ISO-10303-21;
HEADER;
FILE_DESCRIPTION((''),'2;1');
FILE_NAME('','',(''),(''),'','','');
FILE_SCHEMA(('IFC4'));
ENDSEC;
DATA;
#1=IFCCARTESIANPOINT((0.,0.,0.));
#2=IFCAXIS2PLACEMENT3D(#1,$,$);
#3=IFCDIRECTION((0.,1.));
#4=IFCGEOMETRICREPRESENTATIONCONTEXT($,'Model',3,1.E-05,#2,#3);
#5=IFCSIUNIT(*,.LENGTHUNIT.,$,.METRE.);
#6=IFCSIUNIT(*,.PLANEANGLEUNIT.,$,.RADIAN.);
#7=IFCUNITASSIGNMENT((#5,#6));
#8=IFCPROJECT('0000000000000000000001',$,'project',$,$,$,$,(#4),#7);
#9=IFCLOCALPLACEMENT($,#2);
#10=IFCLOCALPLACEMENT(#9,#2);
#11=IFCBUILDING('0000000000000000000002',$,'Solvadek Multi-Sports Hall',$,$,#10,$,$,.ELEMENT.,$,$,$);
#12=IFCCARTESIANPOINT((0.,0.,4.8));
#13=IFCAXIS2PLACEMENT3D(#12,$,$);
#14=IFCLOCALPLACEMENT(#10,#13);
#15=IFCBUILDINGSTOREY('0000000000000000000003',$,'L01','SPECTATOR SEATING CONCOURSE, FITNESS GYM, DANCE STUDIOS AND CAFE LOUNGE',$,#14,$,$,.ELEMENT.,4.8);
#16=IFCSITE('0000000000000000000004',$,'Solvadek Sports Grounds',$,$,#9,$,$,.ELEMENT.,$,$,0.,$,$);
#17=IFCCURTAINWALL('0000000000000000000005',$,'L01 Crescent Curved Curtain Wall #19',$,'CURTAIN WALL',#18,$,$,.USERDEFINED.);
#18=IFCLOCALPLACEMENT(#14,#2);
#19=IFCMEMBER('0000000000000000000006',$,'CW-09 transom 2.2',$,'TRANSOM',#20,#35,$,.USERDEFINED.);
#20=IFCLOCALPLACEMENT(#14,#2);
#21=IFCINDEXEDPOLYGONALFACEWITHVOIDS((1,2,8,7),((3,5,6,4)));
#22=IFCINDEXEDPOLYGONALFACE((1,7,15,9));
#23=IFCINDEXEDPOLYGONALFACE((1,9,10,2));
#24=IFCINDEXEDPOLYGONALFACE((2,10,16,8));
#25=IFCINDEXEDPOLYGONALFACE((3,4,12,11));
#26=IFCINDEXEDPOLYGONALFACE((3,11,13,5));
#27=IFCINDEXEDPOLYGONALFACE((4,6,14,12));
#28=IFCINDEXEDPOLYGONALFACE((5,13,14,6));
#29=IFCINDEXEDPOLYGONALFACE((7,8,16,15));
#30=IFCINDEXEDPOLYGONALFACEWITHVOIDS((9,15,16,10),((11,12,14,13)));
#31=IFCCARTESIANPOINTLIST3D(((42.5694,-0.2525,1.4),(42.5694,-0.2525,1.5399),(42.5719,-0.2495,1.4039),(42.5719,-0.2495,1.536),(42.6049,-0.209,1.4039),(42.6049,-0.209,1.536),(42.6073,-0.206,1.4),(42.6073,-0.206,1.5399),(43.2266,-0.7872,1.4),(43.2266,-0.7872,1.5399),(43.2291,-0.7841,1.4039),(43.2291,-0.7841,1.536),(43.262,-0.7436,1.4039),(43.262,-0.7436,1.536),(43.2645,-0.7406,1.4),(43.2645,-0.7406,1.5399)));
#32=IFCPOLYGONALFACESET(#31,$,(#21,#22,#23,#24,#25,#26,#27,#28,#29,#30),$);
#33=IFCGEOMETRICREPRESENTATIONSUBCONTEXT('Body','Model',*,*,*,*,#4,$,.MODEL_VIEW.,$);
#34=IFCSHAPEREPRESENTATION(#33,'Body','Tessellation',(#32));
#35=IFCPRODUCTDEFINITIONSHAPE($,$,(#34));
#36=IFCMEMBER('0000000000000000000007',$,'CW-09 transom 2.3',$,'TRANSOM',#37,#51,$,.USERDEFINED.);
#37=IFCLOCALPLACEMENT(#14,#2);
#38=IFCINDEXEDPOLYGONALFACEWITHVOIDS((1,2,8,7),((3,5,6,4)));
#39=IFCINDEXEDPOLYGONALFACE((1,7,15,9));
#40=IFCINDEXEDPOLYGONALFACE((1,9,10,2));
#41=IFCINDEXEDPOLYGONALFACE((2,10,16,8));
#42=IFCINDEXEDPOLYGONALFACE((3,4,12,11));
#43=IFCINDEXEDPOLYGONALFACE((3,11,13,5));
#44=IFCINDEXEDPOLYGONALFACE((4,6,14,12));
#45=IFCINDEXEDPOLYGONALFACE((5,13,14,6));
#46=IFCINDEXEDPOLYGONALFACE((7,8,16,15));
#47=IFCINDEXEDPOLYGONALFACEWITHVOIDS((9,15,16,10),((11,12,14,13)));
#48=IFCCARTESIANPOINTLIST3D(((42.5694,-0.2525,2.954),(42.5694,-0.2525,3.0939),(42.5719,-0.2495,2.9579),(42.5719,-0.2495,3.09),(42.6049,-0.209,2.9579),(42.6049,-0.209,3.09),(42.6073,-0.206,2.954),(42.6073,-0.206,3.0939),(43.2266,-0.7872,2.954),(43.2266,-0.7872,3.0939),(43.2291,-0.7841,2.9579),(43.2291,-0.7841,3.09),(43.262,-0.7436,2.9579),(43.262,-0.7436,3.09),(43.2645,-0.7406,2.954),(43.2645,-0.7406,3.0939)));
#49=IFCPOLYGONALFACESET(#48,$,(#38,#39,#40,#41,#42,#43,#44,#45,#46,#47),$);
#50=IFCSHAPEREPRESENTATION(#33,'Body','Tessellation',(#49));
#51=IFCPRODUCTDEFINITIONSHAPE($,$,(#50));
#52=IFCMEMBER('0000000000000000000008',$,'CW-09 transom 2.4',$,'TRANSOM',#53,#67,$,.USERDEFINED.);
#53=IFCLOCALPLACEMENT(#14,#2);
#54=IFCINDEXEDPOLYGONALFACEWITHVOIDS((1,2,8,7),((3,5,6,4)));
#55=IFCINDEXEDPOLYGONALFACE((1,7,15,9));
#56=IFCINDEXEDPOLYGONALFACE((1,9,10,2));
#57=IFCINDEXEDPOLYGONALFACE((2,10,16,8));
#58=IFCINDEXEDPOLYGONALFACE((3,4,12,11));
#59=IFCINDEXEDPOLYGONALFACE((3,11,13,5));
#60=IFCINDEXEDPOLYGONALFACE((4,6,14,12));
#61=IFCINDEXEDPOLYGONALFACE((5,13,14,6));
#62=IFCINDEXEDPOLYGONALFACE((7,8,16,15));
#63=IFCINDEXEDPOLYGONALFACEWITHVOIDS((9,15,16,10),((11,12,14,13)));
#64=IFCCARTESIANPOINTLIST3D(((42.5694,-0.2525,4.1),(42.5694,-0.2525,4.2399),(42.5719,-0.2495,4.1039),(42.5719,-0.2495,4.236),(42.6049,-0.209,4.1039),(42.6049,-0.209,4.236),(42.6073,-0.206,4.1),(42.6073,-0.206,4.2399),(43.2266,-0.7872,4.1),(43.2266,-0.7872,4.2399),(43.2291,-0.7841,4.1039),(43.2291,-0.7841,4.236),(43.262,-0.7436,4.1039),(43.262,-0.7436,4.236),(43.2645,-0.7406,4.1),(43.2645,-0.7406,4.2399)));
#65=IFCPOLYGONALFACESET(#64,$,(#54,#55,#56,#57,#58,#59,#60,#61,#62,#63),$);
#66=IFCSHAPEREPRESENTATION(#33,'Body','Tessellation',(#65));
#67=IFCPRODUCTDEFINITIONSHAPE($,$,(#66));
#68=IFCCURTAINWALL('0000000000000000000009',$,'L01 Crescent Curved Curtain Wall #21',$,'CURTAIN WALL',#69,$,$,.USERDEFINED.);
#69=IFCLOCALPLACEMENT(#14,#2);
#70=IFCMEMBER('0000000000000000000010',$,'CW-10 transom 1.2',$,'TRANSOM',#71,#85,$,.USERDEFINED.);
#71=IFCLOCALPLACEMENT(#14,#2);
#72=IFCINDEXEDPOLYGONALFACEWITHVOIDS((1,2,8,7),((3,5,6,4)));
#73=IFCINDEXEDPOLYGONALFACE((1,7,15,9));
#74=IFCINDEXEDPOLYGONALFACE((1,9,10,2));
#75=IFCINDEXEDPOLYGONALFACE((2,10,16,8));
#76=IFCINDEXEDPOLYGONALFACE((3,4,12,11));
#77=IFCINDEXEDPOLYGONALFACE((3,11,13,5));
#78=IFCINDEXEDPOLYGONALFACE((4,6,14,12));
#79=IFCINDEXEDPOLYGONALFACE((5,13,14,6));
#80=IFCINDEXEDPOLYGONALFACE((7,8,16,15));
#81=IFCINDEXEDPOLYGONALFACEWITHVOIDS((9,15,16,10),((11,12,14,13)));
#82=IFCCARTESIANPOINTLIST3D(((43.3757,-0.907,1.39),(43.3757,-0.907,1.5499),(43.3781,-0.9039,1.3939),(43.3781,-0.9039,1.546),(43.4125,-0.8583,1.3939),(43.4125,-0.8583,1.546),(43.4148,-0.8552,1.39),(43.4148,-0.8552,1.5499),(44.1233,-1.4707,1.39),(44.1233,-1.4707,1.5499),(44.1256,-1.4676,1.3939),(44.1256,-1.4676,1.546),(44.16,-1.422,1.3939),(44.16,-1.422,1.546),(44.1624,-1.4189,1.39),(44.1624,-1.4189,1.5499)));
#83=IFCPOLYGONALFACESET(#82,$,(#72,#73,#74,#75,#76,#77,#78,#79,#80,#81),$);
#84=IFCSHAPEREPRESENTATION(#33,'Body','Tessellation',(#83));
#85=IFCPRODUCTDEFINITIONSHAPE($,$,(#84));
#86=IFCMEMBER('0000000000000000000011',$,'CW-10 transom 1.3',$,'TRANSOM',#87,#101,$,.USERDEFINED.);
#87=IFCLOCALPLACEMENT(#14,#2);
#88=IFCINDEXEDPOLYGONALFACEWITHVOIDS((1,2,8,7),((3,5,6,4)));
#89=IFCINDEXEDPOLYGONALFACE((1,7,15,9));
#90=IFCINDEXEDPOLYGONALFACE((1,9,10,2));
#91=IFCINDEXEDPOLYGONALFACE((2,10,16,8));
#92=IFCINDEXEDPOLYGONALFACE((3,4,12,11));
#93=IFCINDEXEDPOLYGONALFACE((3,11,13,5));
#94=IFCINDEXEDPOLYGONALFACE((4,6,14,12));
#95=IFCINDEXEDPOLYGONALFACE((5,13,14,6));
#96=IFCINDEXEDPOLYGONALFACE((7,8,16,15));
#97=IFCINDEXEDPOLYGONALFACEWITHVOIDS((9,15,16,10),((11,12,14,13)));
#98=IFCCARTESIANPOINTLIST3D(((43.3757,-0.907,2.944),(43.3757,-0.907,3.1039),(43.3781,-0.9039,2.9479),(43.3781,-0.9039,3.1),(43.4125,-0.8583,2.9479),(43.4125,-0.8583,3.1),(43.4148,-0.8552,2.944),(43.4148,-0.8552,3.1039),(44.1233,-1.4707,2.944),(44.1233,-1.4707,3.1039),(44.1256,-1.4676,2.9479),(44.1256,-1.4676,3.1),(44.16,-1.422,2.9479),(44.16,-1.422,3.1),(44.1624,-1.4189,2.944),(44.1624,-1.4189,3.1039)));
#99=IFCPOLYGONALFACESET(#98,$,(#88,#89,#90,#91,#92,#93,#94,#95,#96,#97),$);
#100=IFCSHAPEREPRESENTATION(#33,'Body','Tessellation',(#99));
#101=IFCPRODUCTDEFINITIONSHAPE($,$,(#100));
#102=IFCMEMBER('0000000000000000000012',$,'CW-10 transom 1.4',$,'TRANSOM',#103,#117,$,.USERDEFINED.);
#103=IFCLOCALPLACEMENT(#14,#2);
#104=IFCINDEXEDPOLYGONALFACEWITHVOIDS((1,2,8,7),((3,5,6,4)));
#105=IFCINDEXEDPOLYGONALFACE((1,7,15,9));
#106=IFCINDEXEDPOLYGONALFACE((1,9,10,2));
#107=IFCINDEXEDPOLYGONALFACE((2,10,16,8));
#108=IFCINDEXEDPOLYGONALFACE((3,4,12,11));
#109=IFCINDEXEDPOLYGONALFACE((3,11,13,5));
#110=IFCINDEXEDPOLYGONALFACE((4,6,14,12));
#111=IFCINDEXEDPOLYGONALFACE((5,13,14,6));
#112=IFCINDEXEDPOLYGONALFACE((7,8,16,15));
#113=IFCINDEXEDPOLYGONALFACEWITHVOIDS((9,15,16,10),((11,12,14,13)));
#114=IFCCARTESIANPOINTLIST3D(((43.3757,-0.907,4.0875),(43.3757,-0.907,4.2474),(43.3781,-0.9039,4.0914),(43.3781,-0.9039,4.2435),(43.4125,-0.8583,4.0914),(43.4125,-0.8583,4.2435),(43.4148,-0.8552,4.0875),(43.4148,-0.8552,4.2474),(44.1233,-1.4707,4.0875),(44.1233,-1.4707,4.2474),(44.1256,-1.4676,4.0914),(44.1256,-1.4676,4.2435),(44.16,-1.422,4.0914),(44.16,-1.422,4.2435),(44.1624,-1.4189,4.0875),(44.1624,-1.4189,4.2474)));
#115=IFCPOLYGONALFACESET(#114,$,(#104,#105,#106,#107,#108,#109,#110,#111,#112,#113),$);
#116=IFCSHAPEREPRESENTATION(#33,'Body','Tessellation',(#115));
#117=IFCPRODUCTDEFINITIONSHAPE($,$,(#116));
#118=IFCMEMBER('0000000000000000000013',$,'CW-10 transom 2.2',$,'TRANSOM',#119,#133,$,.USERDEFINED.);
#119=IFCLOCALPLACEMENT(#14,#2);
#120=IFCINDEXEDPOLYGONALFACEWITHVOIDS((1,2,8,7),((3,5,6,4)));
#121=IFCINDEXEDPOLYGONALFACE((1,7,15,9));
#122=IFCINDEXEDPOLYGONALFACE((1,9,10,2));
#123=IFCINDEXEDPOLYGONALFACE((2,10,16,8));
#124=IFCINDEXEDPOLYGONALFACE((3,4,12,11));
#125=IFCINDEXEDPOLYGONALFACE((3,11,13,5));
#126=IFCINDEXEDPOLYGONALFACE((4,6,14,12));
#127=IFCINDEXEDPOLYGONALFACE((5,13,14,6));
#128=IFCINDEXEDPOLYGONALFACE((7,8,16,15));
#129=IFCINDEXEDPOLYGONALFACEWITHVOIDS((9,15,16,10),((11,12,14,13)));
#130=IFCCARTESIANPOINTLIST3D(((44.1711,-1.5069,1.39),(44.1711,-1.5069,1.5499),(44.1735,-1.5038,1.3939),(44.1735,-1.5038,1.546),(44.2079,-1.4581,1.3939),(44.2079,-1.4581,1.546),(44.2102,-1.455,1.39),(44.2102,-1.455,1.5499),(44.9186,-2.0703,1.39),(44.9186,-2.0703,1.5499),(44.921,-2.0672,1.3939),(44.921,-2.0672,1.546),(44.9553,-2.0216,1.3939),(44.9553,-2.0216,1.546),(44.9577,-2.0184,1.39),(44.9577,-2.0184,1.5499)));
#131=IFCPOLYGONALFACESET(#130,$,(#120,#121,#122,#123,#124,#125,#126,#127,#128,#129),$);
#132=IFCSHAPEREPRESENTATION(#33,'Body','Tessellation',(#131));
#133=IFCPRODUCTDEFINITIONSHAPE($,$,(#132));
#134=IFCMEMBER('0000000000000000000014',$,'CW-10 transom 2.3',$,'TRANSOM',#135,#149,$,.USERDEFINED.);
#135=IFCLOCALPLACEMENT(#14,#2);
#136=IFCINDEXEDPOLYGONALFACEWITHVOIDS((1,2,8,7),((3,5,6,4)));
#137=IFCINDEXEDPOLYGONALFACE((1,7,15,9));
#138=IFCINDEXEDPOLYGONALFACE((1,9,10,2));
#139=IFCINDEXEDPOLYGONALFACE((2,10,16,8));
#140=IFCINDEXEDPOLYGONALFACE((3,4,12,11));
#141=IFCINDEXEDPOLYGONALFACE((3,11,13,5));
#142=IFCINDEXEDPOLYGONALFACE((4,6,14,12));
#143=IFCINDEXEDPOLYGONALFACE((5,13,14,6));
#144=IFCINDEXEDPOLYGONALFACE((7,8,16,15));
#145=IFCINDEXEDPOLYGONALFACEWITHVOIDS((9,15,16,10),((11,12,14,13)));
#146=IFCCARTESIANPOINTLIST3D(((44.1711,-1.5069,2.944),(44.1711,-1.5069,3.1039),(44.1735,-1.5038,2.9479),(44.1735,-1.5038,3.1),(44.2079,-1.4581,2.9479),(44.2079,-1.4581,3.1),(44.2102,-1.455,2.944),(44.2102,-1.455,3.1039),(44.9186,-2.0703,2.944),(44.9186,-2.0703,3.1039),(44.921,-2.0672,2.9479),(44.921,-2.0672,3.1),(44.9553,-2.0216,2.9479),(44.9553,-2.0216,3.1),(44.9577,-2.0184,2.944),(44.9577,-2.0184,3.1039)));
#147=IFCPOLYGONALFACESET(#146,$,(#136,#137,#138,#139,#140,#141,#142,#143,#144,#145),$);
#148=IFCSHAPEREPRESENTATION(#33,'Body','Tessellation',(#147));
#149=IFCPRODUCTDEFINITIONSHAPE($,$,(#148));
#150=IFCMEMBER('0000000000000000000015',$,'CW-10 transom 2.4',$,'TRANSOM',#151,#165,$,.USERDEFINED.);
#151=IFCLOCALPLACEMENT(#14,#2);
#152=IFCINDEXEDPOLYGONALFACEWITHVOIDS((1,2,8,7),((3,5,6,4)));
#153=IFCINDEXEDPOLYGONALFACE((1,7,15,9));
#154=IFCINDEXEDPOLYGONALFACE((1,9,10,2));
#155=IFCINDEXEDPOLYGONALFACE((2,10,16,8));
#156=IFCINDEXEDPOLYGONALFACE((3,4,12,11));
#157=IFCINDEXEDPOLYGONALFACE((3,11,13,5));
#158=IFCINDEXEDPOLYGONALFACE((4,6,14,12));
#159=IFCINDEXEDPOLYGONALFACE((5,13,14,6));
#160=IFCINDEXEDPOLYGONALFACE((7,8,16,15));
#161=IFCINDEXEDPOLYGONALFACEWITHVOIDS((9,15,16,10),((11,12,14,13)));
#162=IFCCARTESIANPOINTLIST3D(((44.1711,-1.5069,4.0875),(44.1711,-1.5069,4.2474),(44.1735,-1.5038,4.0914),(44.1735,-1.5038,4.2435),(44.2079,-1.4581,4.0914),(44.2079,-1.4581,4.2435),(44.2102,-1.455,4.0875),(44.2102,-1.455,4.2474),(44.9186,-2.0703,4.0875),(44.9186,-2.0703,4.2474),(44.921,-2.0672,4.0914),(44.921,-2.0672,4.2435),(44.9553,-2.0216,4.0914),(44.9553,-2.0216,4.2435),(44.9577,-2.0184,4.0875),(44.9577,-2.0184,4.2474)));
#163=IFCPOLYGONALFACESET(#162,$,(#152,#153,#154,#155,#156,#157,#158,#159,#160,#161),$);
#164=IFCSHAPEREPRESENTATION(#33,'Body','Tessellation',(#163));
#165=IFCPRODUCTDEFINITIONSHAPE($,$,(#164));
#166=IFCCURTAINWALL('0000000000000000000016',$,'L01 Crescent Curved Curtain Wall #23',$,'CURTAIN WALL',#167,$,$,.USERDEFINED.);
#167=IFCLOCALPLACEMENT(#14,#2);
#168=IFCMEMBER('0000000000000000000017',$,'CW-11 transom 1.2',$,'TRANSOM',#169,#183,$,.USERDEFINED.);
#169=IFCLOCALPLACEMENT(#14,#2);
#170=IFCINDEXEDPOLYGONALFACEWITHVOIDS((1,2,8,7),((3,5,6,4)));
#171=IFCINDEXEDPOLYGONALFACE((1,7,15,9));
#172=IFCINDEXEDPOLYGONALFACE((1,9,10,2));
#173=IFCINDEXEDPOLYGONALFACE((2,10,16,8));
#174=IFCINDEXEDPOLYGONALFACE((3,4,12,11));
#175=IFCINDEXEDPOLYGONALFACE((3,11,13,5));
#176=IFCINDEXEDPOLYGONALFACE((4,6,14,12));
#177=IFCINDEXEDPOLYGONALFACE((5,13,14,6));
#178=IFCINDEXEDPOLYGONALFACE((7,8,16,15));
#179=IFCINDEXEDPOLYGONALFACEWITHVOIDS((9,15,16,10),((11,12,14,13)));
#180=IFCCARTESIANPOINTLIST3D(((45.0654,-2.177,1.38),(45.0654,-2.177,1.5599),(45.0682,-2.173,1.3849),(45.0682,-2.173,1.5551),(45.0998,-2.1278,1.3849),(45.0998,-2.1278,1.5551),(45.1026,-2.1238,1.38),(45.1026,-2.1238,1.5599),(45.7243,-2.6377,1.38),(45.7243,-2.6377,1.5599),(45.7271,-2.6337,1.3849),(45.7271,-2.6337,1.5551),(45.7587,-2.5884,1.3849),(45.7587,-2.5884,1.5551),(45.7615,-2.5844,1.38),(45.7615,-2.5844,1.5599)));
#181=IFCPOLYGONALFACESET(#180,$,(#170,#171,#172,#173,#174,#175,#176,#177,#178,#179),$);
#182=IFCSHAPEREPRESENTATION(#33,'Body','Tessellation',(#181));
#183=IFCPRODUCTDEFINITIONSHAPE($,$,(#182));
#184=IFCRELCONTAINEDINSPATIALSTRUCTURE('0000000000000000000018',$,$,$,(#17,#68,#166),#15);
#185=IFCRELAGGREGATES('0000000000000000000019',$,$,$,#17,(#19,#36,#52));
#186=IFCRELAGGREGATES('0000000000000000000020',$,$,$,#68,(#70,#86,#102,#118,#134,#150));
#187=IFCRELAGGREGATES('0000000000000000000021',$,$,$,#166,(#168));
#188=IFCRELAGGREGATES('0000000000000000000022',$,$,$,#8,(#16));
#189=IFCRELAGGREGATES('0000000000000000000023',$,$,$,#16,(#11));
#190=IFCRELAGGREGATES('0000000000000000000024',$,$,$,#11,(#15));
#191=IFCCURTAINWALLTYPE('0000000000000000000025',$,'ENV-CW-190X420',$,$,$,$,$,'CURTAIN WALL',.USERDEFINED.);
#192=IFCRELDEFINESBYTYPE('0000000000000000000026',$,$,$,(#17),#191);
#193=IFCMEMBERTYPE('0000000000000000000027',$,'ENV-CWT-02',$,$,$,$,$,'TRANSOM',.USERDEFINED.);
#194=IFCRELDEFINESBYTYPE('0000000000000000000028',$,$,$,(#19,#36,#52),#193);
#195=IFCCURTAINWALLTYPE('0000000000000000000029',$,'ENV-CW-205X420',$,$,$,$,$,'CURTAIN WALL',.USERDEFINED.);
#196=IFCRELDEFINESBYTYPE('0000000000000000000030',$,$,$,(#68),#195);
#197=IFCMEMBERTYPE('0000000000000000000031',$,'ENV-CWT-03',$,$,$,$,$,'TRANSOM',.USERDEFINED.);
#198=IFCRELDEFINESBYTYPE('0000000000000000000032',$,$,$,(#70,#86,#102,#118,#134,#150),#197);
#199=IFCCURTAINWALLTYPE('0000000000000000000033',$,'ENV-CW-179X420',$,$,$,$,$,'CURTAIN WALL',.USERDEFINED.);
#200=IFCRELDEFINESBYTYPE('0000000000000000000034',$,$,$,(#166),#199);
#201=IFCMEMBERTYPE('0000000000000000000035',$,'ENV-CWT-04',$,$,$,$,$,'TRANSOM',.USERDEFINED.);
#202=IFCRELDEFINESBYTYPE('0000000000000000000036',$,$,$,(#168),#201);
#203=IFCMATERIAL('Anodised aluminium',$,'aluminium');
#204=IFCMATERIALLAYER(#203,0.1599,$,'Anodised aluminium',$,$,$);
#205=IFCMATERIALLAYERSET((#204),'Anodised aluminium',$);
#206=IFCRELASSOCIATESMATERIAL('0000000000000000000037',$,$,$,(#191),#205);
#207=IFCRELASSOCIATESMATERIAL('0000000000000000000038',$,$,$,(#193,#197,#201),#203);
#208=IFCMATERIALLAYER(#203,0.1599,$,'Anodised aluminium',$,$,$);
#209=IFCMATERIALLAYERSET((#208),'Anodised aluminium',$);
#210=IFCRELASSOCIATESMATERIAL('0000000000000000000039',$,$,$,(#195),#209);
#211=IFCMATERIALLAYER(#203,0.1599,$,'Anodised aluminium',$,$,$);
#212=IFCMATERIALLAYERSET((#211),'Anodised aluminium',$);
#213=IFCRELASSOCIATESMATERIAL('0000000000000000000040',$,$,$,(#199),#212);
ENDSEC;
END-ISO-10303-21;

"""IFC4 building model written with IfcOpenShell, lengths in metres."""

from ifc_helpers import new_model, si_unit, direction, frame, origin, origin_2d, place, context, subcontext, project, spatial, hollow_rectangle, extrude, material, layer, layer_set, material_profile, profile_set, type_object, element, aggregate, save


model = new_model("IFC4")

# Units and contexts
model_context = context("Model", 3, precision=1e-05, world=origin(), true_north=direction((0.0, 1.0)))
body_context = subcontext(model_context, "Body", "Model", "MODEL_VIEW")
ifc_project = project(units=[si_unit("LENGTHUNIT", "METRE"), si_unit("PLANEANGLEUNIT", "RADIAN")], contexts=[model_context])

# Site, building, storey
site_placement = place(None, origin())
site = spatial("IfcSite", under=ifc_project, at=site_placement, Name="Solvadek Sports Grounds", CompositionType="ELEMENT", RefElevation=0.0)
building_placement = place(site_placement, origin())
building = spatial("IfcBuilding", under=site, at=building_placement, Name="Solvadek Multi-Sports Hall", CompositionType="ELEMENT")
storey_placement = place(building_placement, frame((0.0, 0.0, 4.8)))
storey = spatial("IfcBuildingStorey", under=building, at=storey_placement, Name="L01", Description="SPECTATOR SEATING CONCOURSE, FITNESS GYM, DANCE STUDIOS AND CAFE LOUNGE", CompositionType="ELEMENT", Elevation=4.8)

# Curtain walls, members
ifc_material_1 = material(Name="Anodised aluminium", Category="aluminium")
ifc_layer_1 = layer(ifc_material_1, 0.1599, Name="Anodised aluminium")
ifc_layer_set_1 = layer_set([ifc_layer_1], Name="Anodised aluminium")
curtain_wall_type_1 = type_object("IfcCurtainWallType", Name="ENV-CW-190X420", ElementType="CURTAIN WALL", PredefinedType="USERDEFINED", material=ifc_layer_set_1)
curtain_wall_1_placement = place(storey_placement, origin())
curtain_wall_1 = element("IfcCurtainWall", 1, at=curtain_wall_1_placement, inside=storey, type_object=curtain_wall_type_1, Name="L01 Crescent Curved Curtain Wall #19", ObjectType="CURTAIN WALL", PredefinedType="USERDEFINED")
ifc_material_profile_1 = material_profile(ifc_material_1, hollow_rectangle(XDim=0.0601, YDim=0.1399, WallThickness=0.0039, at=origin_2d()), Name="ALU-T 140x60x4")
ifc_profile_set_1 = profile_set([ifc_material_profile_1], Name="Anodised aluminium")
member_type_1 = type_object("IfcMemberType", Name="ENV-CWT-02", ElementType="TRANSOM", PredefinedType="USERDEFINED", material=ifc_profile_set_1)
member_1_placement = place(storey_placement, frame((42.5884, -0.2292, 1.47), z_axis=(0.775726, -0.63107, 0.0), x_axis=(0.63107, 0.775726, 0.0)))
member_1 = element("IfcMember", 2, at=member_1_placement, type_object=member_type_1, Name="CW-09 transom 2.2", ObjectType="TRANSOM", PredefinedType="USERDEFINED", context=body_context, shape_type="SweptSolid", body=[
    extrude(hollow_rectangle(XDim=0.0601, YDim=0.1399, WallThickness=0.0039, at=origin_2d()), origin(), (0.0, 0.0, 1.0), 0.8472),
])
member_2_placement = place(storey_placement, frame((42.5884, -0.2292, 3.0239), z_axis=(0.775726, -0.63107, 0.0), x_axis=(0.63107, 0.775726, 0.0)))
member_2 = element("IfcMember", 3, at=member_2_placement, type_object=member_type_1, Name="CW-09 transom 2.3", ObjectType="TRANSOM", PredefinedType="USERDEFINED", context=body_context, shape_type="SweptSolid", body=[
    extrude(hollow_rectangle(XDim=0.0601, YDim=0.1399, WallThickness=0.0039, at=origin_2d()), origin(), (0.0, 0.0, 1.0), 0.8472),
])
member_3_placement = place(storey_placement, frame((42.5884, -0.2292, 4.1699), z_axis=(0.775726, -0.63107, 0.0), x_axis=(0.63107, 0.775726, 0.0)))
member_3 = element("IfcMember", 4, at=member_3_placement, type_object=member_type_1, Name="CW-09 transom 2.4", ObjectType="TRANSOM", PredefinedType="USERDEFINED", context=body_context, shape_type="SweptSolid", body=[
    extrude(hollow_rectangle(XDim=0.0601, YDim=0.1399, WallThickness=0.0039, at=origin_2d()), origin(), (0.0, 0.0, 1.0), 0.8472),
])
ifc_layer_2 = layer(ifc_material_1, 0.1599, Name="Anodised aluminium")
ifc_layer_set_2 = layer_set([ifc_layer_2], Name="Anodised aluminium")
curtain_wall_type_2 = type_object("IfcCurtainWallType", Name="ENV-CW-205X420", ElementType="CURTAIN WALL", PredefinedType="USERDEFINED", material=ifc_layer_set_2)
curtain_wall_2_placement = place(storey_placement, origin())
curtain_wall_2 = element("IfcCurtainWall", 5, at=curtain_wall_2_placement, inside=storey, type_object=curtain_wall_type_2, Name="L01 Crescent Curved Curtain Wall #21", ObjectType="CURTAIN WALL", PredefinedType="USERDEFINED")
ifc_material_profile_2 = material_profile(ifc_material_1, hollow_rectangle(XDim=0.0649, YDim=0.1599, WallThickness=0.0039, at=origin_2d()), Name="ALU-T 160x65x4")
ifc_profile_set_2 = profile_set([ifc_material_profile_2], Name="Anodised aluminium")
member_type_2 = type_object("IfcMemberType", Name="ENV-CWT-03", ElementType="TRANSOM", PredefinedType="USERDEFINED", material=ifc_profile_set_2)
member_4_placement = place(storey_placement, frame((43.3953, -0.8811, 1.47), z_axis=(0.798433, -0.602084, 0.0), x_axis=(0.602084, 0.798433, 0.0)))
member_4 = element("IfcMember", 6, at=member_4_placement, type_object=member_type_2, Name="CW-10 transom 1.2", ObjectType="TRANSOM", PredefinedType="USERDEFINED", context=body_context, shape_type="SweptSolid", body=[
    extrude(hollow_rectangle(XDim=0.0649, YDim=0.1599, WallThickness=0.0039, at=origin_2d()), origin(), (0.0, 0.0, 1.0), 0.9363),
])
member_5_placement = place(storey_placement, frame((43.3953, -0.8811, 3.0239), z_axis=(0.798433, -0.602084, 0.0), x_axis=(0.602084, 0.798433, 0.0)))
member_5 = element("IfcMember", 7, at=member_5_placement, type_object=member_type_2, Name="CW-10 transom 1.3", ObjectType="TRANSOM", PredefinedType="USERDEFINED", context=body_context, shape_type="SweptSolid", body=[
    extrude(hollow_rectangle(XDim=0.0649, YDim=0.1599, WallThickness=0.0039, at=origin_2d()), origin(), (0.0, 0.0, 1.0), 0.9363),
])
member_6_placement = place(storey_placement, frame((43.3953, -0.8811, 4.1675), z_axis=(0.798433, -0.602084, 0.0), x_axis=(0.602084, 0.798433, 0.0)))
member_6 = element("IfcMember", 8, at=member_6_placement, type_object=member_type_2, Name="CW-10 transom 1.4", ObjectType="TRANSOM", PredefinedType="USERDEFINED", context=body_context, shape_type="SweptSolid", body=[
    extrude(hollow_rectangle(XDim=0.0649, YDim=0.1599, WallThickness=0.0039, at=origin_2d()), origin(), (0.0, 0.0, 1.0), 0.9363),
])
member_7_placement = place(storey_placement, frame((44.1907, -1.481, 1.47), z_axis=(0.798558, -0.601918, 0.0), x_axis=(0.601918, 0.798558, 0.0)))
member_7 = element("IfcMember", 9, at=member_7_placement, type_object=member_type_2, Name="CW-10 transom 2.2", ObjectType="TRANSOM", PredefinedType="USERDEFINED", context=body_context, shape_type="SweptSolid", body=[
    extrude(hollow_rectangle(XDim=0.0649, YDim=0.1599, WallThickness=0.0039, at=origin_2d()), origin(), (0.0, 0.0, 1.0), 0.936),
])
member_8_placement = place(storey_placement, frame((44.1907, -1.481, 3.0239), z_axis=(0.798558, -0.601918, 0.0), x_axis=(0.601918, 0.798558, 0.0)))
member_8 = element("IfcMember", 10, at=member_8_placement, type_object=member_type_2, Name="CW-10 transom 2.3", ObjectType="TRANSOM", PredefinedType="USERDEFINED", context=body_context, shape_type="SweptSolid", body=[
    extrude(hollow_rectangle(XDim=0.0649, YDim=0.1599, WallThickness=0.0039, at=origin_2d()), origin(), (0.0, 0.0, 1.0), 0.936),
])
member_9_placement = place(storey_placement, frame((44.1907, -1.481, 4.1675), z_axis=(0.798558, -0.601918, 0.0), x_axis=(0.601918, 0.798558, 0.0)))
member_9 = element("IfcMember", 11, at=member_9_placement, type_object=member_type_2, Name="CW-10 transom 2.4", ObjectType="TRANSOM", PredefinedType="USERDEFINED", context=body_context, shape_type="SweptSolid", body=[
    extrude(hollow_rectangle(XDim=0.0649, YDim=0.1599, WallThickness=0.0039, at=origin_2d()), origin(), (0.0, 0.0, 1.0), 0.936),
])
ifc_layer_3 = layer(ifc_material_1, 0.1599, Name="Anodised aluminium")
ifc_layer_set_3 = layer_set([ifc_layer_3], Name="Anodised aluminium")
curtain_wall_type_3 = type_object("IfcCurtainWallType", Name="ENV-CW-179X420", ElementType="CURTAIN WALL", PredefinedType="USERDEFINED", material=ifc_layer_set_3)
curtain_wall_3_placement = place(storey_placement, origin())
curtain_wall_3 = element("IfcCurtainWall", 12, at=curtain_wall_3_placement, inside=storey, type_object=curtain_wall_type_3, Name="L01 Crescent Curved Curtain Wall #23", ObjectType="CURTAIN WALL", PredefinedType="USERDEFINED")
ifc_material_profile_3 = material_profile(ifc_material_1, hollow_rectangle(XDim=0.0649, YDim=0.1799, WallThickness=0.0049, at=origin_2d()), Name="ALU-T 180x65x5")
ifc_profile_set_3 = profile_set([ifc_material_profile_3], Name="Anodised aluminium")
member_type_3 = type_object("IfcMemberType", Name="ENV-CWT-04", ElementType="TRANSOM", PredefinedType="USERDEFINED", material=ifc_profile_set_3)
member_10_placement = place(storey_placement, frame((45.084, -2.1504, 1.47), z_axis=(0.81956, -0.572994, 0.0), x_axis=(0.572994, 0.81956, 0.0)))
member_10 = element("IfcMember", 13, at=member_10_placement, type_object=member_type_3, Name="CW-11 transom 1.2", ObjectType="TRANSOM", PredefinedType="USERDEFINED", context=body_context, shape_type="SweptSolid", body=[
    extrude(hollow_rectangle(XDim=0.0649, YDim=0.1799, WallThickness=0.0049, at=origin_2d()), origin(), (0.0, 0.0, 1.0), 0.804),
])

aggregate(curtain_wall_1, [member_1, member_2, member_3])
aggregate(curtain_wall_2, [member_4, member_5, member_6, member_7, member_8, member_9])
aggregate(curtain_wall_3, [member_10])

save(model, "model.ifc")
